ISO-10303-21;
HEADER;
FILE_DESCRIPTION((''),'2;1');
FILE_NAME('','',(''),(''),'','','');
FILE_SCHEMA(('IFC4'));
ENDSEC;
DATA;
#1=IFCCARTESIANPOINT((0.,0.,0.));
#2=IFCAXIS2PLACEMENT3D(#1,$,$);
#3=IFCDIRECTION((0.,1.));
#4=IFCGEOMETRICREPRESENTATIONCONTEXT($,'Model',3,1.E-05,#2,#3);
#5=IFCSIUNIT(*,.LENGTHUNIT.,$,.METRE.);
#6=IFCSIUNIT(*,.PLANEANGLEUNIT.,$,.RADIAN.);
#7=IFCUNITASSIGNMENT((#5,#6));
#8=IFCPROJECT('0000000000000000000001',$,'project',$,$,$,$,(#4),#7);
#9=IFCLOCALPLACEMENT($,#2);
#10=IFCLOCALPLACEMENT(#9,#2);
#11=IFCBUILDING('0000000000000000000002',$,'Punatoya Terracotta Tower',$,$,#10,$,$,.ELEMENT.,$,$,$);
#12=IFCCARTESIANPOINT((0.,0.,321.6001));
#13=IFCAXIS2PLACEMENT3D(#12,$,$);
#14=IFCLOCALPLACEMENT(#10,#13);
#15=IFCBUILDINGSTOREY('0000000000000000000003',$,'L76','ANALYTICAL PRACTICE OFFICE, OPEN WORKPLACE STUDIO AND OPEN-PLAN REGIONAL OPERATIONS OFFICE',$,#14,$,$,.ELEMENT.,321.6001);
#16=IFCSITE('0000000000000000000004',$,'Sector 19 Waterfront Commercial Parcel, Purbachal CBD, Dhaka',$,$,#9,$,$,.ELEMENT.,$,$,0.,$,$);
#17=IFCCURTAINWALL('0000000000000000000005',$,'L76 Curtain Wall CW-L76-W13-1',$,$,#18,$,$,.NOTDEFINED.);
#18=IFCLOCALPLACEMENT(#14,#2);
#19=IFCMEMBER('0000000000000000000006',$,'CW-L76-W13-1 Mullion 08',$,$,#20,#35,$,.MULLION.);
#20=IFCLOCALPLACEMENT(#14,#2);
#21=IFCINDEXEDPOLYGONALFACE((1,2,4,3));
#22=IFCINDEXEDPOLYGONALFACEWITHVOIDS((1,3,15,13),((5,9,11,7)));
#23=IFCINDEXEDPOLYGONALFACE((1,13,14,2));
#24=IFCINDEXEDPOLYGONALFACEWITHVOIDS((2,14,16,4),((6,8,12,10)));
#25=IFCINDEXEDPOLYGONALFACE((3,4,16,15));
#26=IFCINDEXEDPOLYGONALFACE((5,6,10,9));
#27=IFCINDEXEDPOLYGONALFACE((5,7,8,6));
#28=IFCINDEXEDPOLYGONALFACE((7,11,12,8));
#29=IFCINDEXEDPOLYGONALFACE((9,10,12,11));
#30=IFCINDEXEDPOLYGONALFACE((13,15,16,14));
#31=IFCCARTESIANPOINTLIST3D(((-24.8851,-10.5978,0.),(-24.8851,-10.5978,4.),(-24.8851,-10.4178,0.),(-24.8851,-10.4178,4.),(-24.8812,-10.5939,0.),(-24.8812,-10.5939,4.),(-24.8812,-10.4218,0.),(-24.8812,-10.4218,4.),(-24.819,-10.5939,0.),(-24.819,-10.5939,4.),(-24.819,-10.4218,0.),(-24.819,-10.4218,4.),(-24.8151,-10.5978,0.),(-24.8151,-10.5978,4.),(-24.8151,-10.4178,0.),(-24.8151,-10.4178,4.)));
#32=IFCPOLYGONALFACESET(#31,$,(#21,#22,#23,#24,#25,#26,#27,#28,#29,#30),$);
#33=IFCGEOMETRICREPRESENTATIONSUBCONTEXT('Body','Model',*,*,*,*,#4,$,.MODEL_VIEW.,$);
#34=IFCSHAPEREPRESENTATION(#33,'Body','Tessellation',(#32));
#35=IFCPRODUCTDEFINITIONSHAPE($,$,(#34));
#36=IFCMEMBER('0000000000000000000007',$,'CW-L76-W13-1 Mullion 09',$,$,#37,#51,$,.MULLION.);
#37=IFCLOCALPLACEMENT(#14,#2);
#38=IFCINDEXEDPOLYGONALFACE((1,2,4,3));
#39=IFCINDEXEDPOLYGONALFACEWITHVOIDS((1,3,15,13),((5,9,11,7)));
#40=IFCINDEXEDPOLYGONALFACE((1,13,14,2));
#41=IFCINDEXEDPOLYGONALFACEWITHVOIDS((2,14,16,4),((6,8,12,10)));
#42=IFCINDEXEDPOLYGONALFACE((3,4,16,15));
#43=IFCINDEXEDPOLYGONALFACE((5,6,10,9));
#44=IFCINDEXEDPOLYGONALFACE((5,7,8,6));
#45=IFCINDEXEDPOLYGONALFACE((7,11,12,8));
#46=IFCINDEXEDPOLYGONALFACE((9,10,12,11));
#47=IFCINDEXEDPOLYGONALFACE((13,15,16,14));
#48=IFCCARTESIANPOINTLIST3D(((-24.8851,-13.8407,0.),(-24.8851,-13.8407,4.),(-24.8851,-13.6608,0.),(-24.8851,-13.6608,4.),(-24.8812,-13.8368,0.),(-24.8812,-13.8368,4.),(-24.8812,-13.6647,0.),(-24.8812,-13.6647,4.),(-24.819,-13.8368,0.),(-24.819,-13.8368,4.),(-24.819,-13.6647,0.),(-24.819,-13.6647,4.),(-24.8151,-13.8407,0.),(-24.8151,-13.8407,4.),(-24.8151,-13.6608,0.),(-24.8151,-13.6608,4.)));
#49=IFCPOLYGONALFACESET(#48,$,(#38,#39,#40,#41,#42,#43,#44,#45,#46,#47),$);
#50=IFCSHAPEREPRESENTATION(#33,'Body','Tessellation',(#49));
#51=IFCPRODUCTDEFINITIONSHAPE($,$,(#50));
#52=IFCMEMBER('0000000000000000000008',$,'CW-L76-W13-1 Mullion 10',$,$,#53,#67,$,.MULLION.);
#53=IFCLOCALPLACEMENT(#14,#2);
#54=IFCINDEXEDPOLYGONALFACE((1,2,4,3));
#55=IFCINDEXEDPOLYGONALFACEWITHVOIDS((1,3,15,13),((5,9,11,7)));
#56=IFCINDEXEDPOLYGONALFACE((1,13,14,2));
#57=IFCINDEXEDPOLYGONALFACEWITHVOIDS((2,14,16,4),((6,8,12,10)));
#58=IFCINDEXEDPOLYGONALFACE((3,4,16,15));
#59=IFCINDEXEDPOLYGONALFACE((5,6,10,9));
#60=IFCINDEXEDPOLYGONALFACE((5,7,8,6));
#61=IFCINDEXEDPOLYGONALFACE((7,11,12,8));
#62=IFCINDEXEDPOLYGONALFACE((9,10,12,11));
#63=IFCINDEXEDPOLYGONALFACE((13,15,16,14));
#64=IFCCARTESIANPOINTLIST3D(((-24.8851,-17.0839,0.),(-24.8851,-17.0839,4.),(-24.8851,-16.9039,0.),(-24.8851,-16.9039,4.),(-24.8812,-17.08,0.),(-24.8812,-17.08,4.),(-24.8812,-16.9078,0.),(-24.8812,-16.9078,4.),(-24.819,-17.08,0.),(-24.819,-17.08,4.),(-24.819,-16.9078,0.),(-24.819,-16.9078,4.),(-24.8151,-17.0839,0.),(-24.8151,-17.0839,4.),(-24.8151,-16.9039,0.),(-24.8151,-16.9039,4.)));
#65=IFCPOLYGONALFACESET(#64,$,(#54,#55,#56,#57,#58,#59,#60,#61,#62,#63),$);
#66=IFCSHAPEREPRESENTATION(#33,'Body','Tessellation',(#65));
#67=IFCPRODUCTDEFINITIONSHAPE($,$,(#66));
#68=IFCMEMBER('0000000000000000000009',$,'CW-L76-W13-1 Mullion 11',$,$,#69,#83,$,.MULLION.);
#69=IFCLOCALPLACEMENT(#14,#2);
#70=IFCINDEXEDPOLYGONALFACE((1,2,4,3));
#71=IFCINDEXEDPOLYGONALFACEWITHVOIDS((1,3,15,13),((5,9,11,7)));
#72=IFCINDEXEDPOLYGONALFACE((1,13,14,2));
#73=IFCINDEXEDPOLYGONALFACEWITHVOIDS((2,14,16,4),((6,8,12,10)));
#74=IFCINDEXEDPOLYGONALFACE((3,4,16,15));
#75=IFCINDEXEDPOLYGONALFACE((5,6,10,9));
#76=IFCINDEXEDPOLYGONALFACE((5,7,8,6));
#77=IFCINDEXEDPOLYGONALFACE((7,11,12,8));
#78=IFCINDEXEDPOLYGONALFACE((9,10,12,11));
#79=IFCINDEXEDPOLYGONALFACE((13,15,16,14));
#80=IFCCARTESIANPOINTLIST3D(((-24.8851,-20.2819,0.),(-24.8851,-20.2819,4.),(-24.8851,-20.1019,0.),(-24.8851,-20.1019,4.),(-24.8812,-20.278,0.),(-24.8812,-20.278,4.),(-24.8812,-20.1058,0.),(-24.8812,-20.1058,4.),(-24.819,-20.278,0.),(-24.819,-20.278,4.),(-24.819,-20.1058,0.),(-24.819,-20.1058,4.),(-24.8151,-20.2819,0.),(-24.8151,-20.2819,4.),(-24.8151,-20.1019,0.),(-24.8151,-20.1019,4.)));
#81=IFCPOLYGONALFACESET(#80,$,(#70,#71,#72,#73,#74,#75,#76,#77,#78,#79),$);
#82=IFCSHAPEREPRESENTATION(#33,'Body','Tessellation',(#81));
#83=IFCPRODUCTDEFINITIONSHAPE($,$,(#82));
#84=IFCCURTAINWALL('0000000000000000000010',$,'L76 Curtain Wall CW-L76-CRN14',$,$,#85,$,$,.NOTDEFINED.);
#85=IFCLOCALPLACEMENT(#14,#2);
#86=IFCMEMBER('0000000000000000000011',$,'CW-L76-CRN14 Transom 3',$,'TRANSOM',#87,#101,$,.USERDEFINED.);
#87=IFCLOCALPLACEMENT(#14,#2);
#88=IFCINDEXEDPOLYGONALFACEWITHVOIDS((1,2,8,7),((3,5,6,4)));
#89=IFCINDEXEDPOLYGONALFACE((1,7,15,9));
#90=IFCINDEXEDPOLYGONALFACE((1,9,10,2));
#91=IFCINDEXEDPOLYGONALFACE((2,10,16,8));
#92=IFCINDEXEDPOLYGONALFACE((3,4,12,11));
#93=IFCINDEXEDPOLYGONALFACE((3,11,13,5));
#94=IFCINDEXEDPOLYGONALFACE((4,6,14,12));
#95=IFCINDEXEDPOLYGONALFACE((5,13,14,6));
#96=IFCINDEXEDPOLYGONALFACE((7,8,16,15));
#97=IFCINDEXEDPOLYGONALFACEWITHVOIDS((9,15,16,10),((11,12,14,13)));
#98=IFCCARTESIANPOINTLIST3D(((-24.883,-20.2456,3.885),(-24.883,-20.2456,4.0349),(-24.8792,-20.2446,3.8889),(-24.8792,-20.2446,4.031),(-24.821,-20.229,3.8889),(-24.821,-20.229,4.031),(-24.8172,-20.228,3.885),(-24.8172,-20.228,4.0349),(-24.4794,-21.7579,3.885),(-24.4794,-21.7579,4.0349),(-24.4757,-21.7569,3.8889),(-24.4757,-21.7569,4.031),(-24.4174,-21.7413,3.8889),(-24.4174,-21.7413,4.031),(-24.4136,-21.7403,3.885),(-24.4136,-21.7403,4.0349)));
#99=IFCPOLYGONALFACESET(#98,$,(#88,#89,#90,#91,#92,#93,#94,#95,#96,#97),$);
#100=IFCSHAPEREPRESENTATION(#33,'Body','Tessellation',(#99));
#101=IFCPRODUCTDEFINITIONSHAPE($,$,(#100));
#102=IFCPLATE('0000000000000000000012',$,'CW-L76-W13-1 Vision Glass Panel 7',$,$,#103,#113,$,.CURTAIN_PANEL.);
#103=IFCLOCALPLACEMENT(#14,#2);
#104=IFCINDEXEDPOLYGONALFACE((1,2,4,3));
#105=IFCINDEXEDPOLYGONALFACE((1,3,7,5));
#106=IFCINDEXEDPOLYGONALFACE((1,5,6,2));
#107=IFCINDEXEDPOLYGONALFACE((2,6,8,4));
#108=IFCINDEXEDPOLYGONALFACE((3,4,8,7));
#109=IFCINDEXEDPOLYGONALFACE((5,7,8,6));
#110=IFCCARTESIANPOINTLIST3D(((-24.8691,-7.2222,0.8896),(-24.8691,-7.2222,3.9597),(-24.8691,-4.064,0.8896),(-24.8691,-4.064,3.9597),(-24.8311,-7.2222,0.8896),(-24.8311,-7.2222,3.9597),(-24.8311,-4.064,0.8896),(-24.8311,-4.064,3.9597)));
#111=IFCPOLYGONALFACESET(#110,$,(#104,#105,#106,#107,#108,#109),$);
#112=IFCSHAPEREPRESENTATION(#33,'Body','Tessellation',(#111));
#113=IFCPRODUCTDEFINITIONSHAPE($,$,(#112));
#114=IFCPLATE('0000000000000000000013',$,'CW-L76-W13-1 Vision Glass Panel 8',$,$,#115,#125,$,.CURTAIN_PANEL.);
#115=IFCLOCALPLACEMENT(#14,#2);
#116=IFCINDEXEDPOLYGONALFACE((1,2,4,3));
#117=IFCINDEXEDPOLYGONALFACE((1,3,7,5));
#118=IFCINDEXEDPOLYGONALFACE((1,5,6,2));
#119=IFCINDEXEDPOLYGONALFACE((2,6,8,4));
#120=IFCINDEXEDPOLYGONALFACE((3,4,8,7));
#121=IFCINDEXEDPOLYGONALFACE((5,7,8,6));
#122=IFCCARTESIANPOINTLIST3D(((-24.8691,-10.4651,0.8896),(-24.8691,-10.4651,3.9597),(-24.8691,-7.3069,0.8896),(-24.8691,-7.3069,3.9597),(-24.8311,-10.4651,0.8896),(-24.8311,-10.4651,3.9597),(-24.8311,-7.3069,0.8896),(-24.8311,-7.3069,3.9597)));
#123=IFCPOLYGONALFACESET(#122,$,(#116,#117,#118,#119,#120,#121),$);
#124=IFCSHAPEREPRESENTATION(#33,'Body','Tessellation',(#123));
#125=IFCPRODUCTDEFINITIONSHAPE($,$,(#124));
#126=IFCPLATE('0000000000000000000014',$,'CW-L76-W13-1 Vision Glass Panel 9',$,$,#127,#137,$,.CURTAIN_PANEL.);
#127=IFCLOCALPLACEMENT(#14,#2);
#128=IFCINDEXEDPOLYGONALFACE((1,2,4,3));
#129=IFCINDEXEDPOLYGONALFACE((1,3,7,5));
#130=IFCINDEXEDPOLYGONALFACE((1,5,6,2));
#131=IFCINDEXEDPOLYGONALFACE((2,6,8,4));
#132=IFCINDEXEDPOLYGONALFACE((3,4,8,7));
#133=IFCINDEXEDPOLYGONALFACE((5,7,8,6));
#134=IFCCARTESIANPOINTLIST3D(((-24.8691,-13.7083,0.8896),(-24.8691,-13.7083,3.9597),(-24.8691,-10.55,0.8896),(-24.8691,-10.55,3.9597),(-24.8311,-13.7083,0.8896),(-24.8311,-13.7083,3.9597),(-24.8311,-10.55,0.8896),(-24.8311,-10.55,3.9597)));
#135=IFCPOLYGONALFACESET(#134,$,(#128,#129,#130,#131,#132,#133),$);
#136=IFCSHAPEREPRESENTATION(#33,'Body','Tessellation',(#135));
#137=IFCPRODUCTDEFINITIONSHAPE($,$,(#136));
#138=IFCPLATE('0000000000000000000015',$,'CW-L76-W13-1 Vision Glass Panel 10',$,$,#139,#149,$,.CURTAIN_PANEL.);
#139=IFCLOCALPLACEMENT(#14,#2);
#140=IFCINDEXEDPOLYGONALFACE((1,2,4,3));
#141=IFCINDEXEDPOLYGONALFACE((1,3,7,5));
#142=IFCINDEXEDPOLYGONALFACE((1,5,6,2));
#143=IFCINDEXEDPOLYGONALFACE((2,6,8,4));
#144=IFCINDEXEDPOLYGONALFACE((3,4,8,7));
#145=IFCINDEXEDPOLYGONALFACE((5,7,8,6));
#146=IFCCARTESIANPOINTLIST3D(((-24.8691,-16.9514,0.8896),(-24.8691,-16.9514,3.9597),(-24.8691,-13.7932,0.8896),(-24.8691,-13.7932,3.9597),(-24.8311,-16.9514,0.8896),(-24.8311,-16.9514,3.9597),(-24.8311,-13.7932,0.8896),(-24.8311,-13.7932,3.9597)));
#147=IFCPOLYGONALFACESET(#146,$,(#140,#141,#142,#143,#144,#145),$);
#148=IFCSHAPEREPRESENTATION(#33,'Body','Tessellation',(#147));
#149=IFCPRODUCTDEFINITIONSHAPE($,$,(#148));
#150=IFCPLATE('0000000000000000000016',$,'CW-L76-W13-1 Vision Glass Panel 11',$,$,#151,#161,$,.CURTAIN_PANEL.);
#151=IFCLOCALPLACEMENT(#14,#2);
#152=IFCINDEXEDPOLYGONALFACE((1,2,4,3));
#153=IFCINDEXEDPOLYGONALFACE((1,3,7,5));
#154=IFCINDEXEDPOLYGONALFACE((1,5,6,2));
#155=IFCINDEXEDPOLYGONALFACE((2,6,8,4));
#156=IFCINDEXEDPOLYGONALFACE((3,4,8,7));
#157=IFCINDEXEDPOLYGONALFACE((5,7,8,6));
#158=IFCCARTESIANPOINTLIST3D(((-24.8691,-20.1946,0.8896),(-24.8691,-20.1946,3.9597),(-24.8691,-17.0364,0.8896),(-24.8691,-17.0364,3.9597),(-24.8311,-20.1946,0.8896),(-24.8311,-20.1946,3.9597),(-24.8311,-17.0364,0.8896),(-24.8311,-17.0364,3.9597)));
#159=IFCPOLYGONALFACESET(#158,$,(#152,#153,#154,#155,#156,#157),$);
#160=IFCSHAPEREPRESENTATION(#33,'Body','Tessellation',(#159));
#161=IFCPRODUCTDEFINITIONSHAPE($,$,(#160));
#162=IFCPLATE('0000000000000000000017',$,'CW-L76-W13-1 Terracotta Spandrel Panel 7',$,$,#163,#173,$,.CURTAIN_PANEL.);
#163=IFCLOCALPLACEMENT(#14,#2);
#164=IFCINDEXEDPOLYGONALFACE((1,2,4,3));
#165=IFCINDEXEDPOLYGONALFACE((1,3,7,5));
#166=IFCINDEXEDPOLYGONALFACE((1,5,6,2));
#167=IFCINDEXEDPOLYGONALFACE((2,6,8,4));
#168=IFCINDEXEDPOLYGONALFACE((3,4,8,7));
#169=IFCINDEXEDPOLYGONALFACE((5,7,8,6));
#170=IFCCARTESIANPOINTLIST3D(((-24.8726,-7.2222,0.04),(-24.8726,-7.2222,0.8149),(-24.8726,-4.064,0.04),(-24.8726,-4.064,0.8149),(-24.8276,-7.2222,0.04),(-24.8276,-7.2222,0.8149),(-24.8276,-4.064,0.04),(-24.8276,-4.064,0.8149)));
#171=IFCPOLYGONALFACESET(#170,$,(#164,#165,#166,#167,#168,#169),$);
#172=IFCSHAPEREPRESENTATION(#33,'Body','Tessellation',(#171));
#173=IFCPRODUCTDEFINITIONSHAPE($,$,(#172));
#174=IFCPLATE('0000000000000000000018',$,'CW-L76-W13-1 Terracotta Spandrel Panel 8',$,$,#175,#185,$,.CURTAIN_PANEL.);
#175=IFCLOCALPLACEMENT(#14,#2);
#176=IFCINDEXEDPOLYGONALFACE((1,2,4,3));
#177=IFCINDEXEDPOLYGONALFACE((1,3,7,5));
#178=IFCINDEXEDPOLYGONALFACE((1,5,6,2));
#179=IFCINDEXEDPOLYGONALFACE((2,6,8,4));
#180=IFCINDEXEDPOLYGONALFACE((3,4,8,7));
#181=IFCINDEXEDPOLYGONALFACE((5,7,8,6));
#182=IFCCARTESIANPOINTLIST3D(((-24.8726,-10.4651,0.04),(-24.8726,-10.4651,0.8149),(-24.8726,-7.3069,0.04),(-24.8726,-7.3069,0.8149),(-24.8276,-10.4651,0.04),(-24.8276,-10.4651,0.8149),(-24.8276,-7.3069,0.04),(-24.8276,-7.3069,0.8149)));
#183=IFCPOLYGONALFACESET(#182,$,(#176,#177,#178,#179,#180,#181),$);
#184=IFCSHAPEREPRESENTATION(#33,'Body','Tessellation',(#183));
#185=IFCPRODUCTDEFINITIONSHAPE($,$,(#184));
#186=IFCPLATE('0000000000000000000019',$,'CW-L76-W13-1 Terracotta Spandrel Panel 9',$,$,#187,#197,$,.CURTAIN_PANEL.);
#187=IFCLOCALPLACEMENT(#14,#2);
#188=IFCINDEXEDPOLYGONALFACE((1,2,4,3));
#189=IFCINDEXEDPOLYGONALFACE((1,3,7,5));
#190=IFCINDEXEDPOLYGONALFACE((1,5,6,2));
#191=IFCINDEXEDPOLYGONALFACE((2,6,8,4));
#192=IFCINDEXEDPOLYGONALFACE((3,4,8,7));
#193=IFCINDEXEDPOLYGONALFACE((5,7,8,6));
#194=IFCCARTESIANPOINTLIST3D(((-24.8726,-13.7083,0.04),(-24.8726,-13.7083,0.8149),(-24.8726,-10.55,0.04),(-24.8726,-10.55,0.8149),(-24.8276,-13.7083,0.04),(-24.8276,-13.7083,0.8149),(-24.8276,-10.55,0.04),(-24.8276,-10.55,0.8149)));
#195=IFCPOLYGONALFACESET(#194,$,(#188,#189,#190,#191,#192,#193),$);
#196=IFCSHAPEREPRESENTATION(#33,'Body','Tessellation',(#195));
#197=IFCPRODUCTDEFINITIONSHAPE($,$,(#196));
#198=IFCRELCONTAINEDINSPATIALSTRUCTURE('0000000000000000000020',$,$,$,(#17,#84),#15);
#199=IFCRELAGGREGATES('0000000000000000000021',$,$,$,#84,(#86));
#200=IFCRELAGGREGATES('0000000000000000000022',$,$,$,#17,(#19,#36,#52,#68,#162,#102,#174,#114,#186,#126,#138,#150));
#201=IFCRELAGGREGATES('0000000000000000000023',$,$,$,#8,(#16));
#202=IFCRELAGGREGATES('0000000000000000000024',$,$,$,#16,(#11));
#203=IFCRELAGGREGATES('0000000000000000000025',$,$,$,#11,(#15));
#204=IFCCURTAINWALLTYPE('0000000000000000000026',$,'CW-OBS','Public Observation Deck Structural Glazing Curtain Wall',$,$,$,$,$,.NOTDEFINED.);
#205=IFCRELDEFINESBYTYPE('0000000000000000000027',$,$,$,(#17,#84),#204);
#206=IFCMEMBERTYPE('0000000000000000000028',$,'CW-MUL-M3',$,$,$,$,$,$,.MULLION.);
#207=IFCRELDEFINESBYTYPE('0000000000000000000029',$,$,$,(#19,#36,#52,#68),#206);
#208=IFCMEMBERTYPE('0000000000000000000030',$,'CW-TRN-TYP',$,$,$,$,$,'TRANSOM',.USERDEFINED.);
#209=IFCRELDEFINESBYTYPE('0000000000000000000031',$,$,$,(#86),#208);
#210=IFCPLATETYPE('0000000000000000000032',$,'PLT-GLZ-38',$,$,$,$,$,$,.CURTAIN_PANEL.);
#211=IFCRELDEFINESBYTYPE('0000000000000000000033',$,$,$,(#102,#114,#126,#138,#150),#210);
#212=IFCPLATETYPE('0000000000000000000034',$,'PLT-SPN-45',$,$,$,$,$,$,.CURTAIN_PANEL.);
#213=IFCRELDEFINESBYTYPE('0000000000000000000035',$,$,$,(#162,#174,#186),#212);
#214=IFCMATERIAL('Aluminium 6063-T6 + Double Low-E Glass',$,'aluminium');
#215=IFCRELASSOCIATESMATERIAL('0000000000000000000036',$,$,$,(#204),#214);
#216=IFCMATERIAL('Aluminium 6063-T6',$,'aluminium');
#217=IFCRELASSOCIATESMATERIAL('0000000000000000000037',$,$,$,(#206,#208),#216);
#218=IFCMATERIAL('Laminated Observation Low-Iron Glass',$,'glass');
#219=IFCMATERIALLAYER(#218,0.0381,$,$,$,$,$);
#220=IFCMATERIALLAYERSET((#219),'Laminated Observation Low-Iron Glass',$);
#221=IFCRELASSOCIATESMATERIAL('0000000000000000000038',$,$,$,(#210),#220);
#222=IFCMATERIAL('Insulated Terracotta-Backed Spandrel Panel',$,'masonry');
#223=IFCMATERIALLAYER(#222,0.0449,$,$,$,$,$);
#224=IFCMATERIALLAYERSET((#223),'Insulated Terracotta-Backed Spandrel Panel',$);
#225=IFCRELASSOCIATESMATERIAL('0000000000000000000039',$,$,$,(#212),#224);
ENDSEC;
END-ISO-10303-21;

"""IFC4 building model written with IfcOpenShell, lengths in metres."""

from ifc_helpers import new_model, si_unit, direction, frame, origin, origin_2d, place, context, subcontext, project, spatial, rectangle, hollow_rectangle, extrude, material, layer, layer_set, material_profile, profile_set, type_object, element, aggregate, save


model = new_model("IFC4")

# Units and contexts
model_context = context("Model", 3, precision=1e-05, world=origin(), true_north=direction((0.0, 1.0)))
body_context = subcontext(model_context, "Body", "Model", "MODEL_VIEW")
ifc_project = project(units=[si_unit("LENGTHUNIT", "METRE"), si_unit("PLANEANGLEUNIT", "RADIAN")], contexts=[model_context])

# Site, building, storey
site_placement = place(None, origin())
site = spatial("IfcSite", under=ifc_project, at=site_placement, Name="Sector 19 Waterfront Commercial Parcel, Purbachal CBD, Dhaka", CompositionType="ELEMENT", RefElevation=0.0)
building_placement = place(site_placement, origin())
building = spatial("IfcBuilding", under=site, at=building_placement, Name="Punatoya Terracotta Tower", CompositionType="ELEMENT")
storey_placement = place(building_placement, frame((0.0, 0.0, 321.6001)))
storey = spatial("IfcBuildingStorey", under=building, at=storey_placement, Name="L76", Description="ANALYTICAL PRACTICE OFFICE, OPEN WORKPLACE STUDIO AND OPEN-PLAN REGIONAL OPERATIONS OFFICE", CompositionType="ELEMENT", Elevation=321.6001)

# Curtain wall, members
ifc_material_1 = material(Name="Aluminium 6063-T6 + Double Low-E Glass", Category="aluminium")
curtain_wall_type = type_object("IfcCurtainWallType", Name="CW-OBS", Description="Public Observation Deck Structural Glazing Curtain Wall", PredefinedType="NOTDEFINED", material=ifc_material_1)
curtain_wall_1_placement = place(storey_placement, origin())
curtain_wall_1 = element("IfcCurtainWall", 1, at=curtain_wall_1_placement, inside=storey, type_object=curtain_wall_type, Name="L76 Curtain Wall CW-L76-W13-1", PredefinedType="NOTDEFINED")
ifc_material_2 = material(Name="Aluminium 6063-T6", Category="aluminium")
ifc_material_profile_1 = material_profile(ifc_material_2, hollow_rectangle(XDim=0.0701, YDim=0.1799, WallThickness=0.0039, at=origin_2d()))
ifc_profile_set_1 = profile_set([ifc_material_profile_1], Name="Aluminium 6063-T6")
member_type_1 = type_object("IfcMemberType", Name="CW-MUL-M3", PredefinedType="MULLION", material=ifc_profile_set_1)
member_1_placement = place(storey_placement, frame((-24.8501, -10.5078, 0.0), z_axis=(0.0, 0.0, 1.0), x_axis=(1.0, 0.0, 0.0)))
member_1 = element("IfcMember", 2, at=member_1_placement, type_object=member_type_1, Name="CW-L76-W13-1 Mullion 08", PredefinedType="MULLION", context=body_context, shape_type="SweptSolid", body=[
    extrude(hollow_rectangle(XDim=0.0701, YDim=0.1799, WallThickness=0.0039, at=origin_2d()), origin(), (0.0, 0.0, 1.0), 4.0),
])
member_2_placement = place(storey_placement, frame((-24.8501, -13.7507, 0.0), z_axis=(0.0, 0.0, 1.0), x_axis=(1.0, 0.0, 0.0)))
member_2 = element("IfcMember", 3, at=member_2_placement, type_object=member_type_1, Name="CW-L76-W13-1 Mullion 09", PredefinedType="MULLION", context=body_context, shape_type="SweptSolid", body=[
    extrude(hollow_rectangle(XDim=0.0701, YDim=0.1799, WallThickness=0.0039, at=origin_2d()), origin(), (0.0, 0.0, 1.0), 4.0),
])
member_3_placement = place(storey_placement, frame((-24.8501, -16.9939, 0.0), z_axis=(0.0, 0.0, 1.0), x_axis=(1.0, 0.0, 0.0)))
member_3 = element("IfcMember", 4, at=member_3_placement, type_object=member_type_1, Name="CW-L76-W13-1 Mullion 10", PredefinedType="MULLION", context=body_context, shape_type="SweptSolid", body=[
    extrude(hollow_rectangle(XDim=0.0701, YDim=0.1799, WallThickness=0.0039, at=origin_2d()), origin(), (0.0, 0.0, 1.0), 4.0),
])
member_4_placement = place(storey_placement, frame((-24.8501, -20.1919, 0.0), z_axis=(0.0, 0.0, 1.0), x_axis=(1.0, 0.0, 0.0)))
member_4 = element("IfcMember", 5, at=member_4_placement, type_object=member_type_1, Name="CW-L76-W13-1 Mullion 11", PredefinedType="MULLION", context=body_context, shape_type="SweptSolid", body=[
    extrude(hollow_rectangle(XDim=0.0701, YDim=0.1799, WallThickness=0.0039, at=origin_2d()), origin(), (0.0, 0.0, 1.0), 4.0),
])

# Curtain wall, member
curtain_wall_2_placement = place(storey_placement, origin())
curtain_wall_2 = element("IfcCurtainWall", 6, at=curtain_wall_2_placement, inside=storey, type_object=curtain_wall_type, Name="L76 Curtain Wall CW-L76-CRN14", PredefinedType="NOTDEFINED")
ifc_material_profile_2 = material_profile(ifc_material_2, hollow_rectangle(XDim=0.0681, YDim=0.1499, WallThickness=0.0039, at=origin_2d()))
ifc_profile_set_2 = profile_set([ifc_material_profile_2], Name="Aluminium 6063-T6")
member_type_2 = type_object("IfcMemberType", Name="CW-TRN-TYP", ElementType="TRANSOM", PredefinedType="USERDEFINED", material=ifc_profile_set_2)
member_5_placement = place(storey_placement, frame((-24.8501, -20.2368, 3.96), z_axis=(0.257847, -0.966186, 0.0), x_axis=(0.966186, 0.257847, 0.0)))
member_5 = element("IfcMember", 7, at=member_5_placement, type_object=member_type_2, Name="CW-L76-CRN14 Transom 3", ObjectType="TRANSOM", PredefinedType="USERDEFINED", context=body_context, shape_type="SweptSolid", body=[
    extrude(hollow_rectangle(XDim=0.0681, YDim=0.1499, WallThickness=0.0039, at=origin_2d()), origin(), (0.0, 0.0, 1.0), 1.5652),
])
aggregate(curtain_wall_2, [member_5])

# Plates
ifc_material_3 = material(Name="Laminated Observation Low-Iron Glass", Category="glass")
ifc_layer_1 = layer(ifc_material_3, 0.0381)
ifc_layer_set_1 = layer_set([ifc_layer_1], Name="Laminated Observation Low-Iron Glass")
plate_type_1 = type_object("IfcPlateType", Name="PLT-GLZ-38", PredefinedType="CURTAIN_PANEL", material=ifc_layer_set_1)
plate_1_placement = place(storey_placement, frame((-24.8501, -5.6431, 0.8896), z_axis=(0.0, 0.0, 1.0), x_axis=(0.0, -1.0, 0.0)))
plate_1 = element("IfcPlate", 8, at=plate_1_placement, type_object=plate_type_1, Name="CW-L76-W13-1 Vision Glass Panel 7", PredefinedType="CURTAIN_PANEL", context=body_context, shape_type="SweptSolid", body=[
    extrude(rectangle(XDim=3.1582, YDim=0.0381, at=origin_2d()), origin(), (0.0, 0.0, 1.0), 3.0701),
])
plate_2_placement = place(storey_placement, frame((-24.8501, -8.886, 0.8896), z_axis=(0.0, 0.0, 1.0), x_axis=(0.0, -1.0, 0.0)))
plate_2 = element("IfcPlate", 9, at=plate_2_placement, type_object=plate_type_1, Name="CW-L76-W13-1 Vision Glass Panel 8", PredefinedType="CURTAIN_PANEL", context=body_context, shape_type="SweptSolid", body=[
    extrude(rectangle(XDim=3.1582, YDim=0.0381, at=origin_2d()), origin(), (0.0, 0.0, 1.0), 3.0701),
])
plate_3_placement = place(storey_placement, frame((-24.8501, -12.1292, 0.8896), z_axis=(0.0, 0.0, 1.0), x_axis=(0.0, -1.0, 0.0)))
plate_3 = element("IfcPlate", 10, at=plate_3_placement, type_object=plate_type_1, Name="CW-L76-W13-1 Vision Glass Panel 9", PredefinedType="CURTAIN_PANEL", context=body_context, shape_type="SweptSolid", body=[
    extrude(rectangle(XDim=3.1582, YDim=0.0381, at=origin_2d()), origin(), (0.0, 0.0, 1.0), 3.0701),
])
plate_4_placement = place(storey_placement, frame((-24.8501, -15.3723, 0.8896), z_axis=(0.0, 0.0, 1.0), x_axis=(0.0, -1.0, 0.0)))
plate_4 = element("IfcPlate", 11, at=plate_4_placement, type_object=plate_type_1, Name="CW-L76-W13-1 Vision Glass Panel 10", PredefinedType="CURTAIN_PANEL", context=body_context, shape_type="SweptSolid", body=[
    extrude(rectangle(XDim=3.1582, YDim=0.0381, at=origin_2d()), origin(), (0.0, 0.0, 1.0), 3.0701),
])
plate_5_placement = place(storey_placement, frame((-24.8501, -18.6155, 0.8896), z_axis=(0.0, 0.0, 1.0), x_axis=(0.0, -1.0, 0.0)))
plate_5 = element("IfcPlate", 12, at=plate_5_placement, type_object=plate_type_1, Name="CW-L76-W13-1 Vision Glass Panel 11", PredefinedType="CURTAIN_PANEL", context=body_context, shape_type="SweptSolid", body=[
    extrude(rectangle(XDim=3.1582, YDim=0.0381, at=origin_2d()), origin(), (0.0, 0.0, 1.0), 3.0701),
])
ifc_material_4 = material(Name="Insulated Terracotta-Backed Spandrel Panel", Category="masonry")
ifc_layer_2 = layer(ifc_material_4, 0.0449)
ifc_layer_set_2 = layer_set([ifc_layer_2], Name="Insulated Terracotta-Backed Spandrel Panel")
plate_type_2 = type_object("IfcPlateType", Name="PLT-SPN-45", PredefinedType="CURTAIN_PANEL", material=ifc_layer_set_2)
plate_6_placement = place(storey_placement, frame((-24.8501, -5.6431, 0.04), z_axis=(0.0, 0.0, 1.0), x_axis=(0.0, -1.0, 0.0)))
plate_6 = element("IfcPlate", 13, at=plate_6_placement, type_object=plate_type_2, Name="CW-L76-W13-1 Terracotta Spandrel Panel 7", PredefinedType="CURTAIN_PANEL", context=body_context, shape_type="SweptSolid", body=[
    extrude(rectangle(XDim=3.1582, YDim=0.0449, at=origin_2d()), origin(), (0.0, 0.0, 1.0), 0.7749),
])
plate_7_placement = place(storey_placement, frame((-24.8501, -8.886, 0.04), z_axis=(0.0, 0.0, 1.0), x_axis=(0.0, -1.0, 0.0)))
plate_7 = element("IfcPlate", 14, at=plate_7_placement, type_object=plate_type_2, Name="CW-L76-W13-1 Terracotta Spandrel Panel 8", PredefinedType="CURTAIN_PANEL", context=body_context, shape_type="SweptSolid", body=[
    extrude(rectangle(XDim=3.1582, YDim=0.0449, at=origin_2d()), origin(), (0.0, 0.0, 1.0), 0.7749),
])
plate_8_placement = place(storey_placement, frame((-24.8501, -12.1292, 0.04), z_axis=(0.0, 0.0, 1.0), x_axis=(0.0, -1.0, 0.0)))
plate_8 = element("IfcPlate", 15, at=plate_8_placement, type_object=plate_type_2, Name="CW-L76-W13-1 Terracotta Spandrel Panel 9", PredefinedType="CURTAIN_PANEL", context=body_context, shape_type="SweptSolid", body=[
    extrude(rectangle(XDim=3.1582, YDim=0.0449, at=origin_2d()), origin(), (0.0, 0.0, 1.0), 0.7749),
])
aggregate(curtain_wall_1, [member_1, member_2, member_3, member_4, plate_6, plate_1, plate_7, plate_2, plate_8, plate_3, plate_4, plate_5])

save(model, "model.ifc")
